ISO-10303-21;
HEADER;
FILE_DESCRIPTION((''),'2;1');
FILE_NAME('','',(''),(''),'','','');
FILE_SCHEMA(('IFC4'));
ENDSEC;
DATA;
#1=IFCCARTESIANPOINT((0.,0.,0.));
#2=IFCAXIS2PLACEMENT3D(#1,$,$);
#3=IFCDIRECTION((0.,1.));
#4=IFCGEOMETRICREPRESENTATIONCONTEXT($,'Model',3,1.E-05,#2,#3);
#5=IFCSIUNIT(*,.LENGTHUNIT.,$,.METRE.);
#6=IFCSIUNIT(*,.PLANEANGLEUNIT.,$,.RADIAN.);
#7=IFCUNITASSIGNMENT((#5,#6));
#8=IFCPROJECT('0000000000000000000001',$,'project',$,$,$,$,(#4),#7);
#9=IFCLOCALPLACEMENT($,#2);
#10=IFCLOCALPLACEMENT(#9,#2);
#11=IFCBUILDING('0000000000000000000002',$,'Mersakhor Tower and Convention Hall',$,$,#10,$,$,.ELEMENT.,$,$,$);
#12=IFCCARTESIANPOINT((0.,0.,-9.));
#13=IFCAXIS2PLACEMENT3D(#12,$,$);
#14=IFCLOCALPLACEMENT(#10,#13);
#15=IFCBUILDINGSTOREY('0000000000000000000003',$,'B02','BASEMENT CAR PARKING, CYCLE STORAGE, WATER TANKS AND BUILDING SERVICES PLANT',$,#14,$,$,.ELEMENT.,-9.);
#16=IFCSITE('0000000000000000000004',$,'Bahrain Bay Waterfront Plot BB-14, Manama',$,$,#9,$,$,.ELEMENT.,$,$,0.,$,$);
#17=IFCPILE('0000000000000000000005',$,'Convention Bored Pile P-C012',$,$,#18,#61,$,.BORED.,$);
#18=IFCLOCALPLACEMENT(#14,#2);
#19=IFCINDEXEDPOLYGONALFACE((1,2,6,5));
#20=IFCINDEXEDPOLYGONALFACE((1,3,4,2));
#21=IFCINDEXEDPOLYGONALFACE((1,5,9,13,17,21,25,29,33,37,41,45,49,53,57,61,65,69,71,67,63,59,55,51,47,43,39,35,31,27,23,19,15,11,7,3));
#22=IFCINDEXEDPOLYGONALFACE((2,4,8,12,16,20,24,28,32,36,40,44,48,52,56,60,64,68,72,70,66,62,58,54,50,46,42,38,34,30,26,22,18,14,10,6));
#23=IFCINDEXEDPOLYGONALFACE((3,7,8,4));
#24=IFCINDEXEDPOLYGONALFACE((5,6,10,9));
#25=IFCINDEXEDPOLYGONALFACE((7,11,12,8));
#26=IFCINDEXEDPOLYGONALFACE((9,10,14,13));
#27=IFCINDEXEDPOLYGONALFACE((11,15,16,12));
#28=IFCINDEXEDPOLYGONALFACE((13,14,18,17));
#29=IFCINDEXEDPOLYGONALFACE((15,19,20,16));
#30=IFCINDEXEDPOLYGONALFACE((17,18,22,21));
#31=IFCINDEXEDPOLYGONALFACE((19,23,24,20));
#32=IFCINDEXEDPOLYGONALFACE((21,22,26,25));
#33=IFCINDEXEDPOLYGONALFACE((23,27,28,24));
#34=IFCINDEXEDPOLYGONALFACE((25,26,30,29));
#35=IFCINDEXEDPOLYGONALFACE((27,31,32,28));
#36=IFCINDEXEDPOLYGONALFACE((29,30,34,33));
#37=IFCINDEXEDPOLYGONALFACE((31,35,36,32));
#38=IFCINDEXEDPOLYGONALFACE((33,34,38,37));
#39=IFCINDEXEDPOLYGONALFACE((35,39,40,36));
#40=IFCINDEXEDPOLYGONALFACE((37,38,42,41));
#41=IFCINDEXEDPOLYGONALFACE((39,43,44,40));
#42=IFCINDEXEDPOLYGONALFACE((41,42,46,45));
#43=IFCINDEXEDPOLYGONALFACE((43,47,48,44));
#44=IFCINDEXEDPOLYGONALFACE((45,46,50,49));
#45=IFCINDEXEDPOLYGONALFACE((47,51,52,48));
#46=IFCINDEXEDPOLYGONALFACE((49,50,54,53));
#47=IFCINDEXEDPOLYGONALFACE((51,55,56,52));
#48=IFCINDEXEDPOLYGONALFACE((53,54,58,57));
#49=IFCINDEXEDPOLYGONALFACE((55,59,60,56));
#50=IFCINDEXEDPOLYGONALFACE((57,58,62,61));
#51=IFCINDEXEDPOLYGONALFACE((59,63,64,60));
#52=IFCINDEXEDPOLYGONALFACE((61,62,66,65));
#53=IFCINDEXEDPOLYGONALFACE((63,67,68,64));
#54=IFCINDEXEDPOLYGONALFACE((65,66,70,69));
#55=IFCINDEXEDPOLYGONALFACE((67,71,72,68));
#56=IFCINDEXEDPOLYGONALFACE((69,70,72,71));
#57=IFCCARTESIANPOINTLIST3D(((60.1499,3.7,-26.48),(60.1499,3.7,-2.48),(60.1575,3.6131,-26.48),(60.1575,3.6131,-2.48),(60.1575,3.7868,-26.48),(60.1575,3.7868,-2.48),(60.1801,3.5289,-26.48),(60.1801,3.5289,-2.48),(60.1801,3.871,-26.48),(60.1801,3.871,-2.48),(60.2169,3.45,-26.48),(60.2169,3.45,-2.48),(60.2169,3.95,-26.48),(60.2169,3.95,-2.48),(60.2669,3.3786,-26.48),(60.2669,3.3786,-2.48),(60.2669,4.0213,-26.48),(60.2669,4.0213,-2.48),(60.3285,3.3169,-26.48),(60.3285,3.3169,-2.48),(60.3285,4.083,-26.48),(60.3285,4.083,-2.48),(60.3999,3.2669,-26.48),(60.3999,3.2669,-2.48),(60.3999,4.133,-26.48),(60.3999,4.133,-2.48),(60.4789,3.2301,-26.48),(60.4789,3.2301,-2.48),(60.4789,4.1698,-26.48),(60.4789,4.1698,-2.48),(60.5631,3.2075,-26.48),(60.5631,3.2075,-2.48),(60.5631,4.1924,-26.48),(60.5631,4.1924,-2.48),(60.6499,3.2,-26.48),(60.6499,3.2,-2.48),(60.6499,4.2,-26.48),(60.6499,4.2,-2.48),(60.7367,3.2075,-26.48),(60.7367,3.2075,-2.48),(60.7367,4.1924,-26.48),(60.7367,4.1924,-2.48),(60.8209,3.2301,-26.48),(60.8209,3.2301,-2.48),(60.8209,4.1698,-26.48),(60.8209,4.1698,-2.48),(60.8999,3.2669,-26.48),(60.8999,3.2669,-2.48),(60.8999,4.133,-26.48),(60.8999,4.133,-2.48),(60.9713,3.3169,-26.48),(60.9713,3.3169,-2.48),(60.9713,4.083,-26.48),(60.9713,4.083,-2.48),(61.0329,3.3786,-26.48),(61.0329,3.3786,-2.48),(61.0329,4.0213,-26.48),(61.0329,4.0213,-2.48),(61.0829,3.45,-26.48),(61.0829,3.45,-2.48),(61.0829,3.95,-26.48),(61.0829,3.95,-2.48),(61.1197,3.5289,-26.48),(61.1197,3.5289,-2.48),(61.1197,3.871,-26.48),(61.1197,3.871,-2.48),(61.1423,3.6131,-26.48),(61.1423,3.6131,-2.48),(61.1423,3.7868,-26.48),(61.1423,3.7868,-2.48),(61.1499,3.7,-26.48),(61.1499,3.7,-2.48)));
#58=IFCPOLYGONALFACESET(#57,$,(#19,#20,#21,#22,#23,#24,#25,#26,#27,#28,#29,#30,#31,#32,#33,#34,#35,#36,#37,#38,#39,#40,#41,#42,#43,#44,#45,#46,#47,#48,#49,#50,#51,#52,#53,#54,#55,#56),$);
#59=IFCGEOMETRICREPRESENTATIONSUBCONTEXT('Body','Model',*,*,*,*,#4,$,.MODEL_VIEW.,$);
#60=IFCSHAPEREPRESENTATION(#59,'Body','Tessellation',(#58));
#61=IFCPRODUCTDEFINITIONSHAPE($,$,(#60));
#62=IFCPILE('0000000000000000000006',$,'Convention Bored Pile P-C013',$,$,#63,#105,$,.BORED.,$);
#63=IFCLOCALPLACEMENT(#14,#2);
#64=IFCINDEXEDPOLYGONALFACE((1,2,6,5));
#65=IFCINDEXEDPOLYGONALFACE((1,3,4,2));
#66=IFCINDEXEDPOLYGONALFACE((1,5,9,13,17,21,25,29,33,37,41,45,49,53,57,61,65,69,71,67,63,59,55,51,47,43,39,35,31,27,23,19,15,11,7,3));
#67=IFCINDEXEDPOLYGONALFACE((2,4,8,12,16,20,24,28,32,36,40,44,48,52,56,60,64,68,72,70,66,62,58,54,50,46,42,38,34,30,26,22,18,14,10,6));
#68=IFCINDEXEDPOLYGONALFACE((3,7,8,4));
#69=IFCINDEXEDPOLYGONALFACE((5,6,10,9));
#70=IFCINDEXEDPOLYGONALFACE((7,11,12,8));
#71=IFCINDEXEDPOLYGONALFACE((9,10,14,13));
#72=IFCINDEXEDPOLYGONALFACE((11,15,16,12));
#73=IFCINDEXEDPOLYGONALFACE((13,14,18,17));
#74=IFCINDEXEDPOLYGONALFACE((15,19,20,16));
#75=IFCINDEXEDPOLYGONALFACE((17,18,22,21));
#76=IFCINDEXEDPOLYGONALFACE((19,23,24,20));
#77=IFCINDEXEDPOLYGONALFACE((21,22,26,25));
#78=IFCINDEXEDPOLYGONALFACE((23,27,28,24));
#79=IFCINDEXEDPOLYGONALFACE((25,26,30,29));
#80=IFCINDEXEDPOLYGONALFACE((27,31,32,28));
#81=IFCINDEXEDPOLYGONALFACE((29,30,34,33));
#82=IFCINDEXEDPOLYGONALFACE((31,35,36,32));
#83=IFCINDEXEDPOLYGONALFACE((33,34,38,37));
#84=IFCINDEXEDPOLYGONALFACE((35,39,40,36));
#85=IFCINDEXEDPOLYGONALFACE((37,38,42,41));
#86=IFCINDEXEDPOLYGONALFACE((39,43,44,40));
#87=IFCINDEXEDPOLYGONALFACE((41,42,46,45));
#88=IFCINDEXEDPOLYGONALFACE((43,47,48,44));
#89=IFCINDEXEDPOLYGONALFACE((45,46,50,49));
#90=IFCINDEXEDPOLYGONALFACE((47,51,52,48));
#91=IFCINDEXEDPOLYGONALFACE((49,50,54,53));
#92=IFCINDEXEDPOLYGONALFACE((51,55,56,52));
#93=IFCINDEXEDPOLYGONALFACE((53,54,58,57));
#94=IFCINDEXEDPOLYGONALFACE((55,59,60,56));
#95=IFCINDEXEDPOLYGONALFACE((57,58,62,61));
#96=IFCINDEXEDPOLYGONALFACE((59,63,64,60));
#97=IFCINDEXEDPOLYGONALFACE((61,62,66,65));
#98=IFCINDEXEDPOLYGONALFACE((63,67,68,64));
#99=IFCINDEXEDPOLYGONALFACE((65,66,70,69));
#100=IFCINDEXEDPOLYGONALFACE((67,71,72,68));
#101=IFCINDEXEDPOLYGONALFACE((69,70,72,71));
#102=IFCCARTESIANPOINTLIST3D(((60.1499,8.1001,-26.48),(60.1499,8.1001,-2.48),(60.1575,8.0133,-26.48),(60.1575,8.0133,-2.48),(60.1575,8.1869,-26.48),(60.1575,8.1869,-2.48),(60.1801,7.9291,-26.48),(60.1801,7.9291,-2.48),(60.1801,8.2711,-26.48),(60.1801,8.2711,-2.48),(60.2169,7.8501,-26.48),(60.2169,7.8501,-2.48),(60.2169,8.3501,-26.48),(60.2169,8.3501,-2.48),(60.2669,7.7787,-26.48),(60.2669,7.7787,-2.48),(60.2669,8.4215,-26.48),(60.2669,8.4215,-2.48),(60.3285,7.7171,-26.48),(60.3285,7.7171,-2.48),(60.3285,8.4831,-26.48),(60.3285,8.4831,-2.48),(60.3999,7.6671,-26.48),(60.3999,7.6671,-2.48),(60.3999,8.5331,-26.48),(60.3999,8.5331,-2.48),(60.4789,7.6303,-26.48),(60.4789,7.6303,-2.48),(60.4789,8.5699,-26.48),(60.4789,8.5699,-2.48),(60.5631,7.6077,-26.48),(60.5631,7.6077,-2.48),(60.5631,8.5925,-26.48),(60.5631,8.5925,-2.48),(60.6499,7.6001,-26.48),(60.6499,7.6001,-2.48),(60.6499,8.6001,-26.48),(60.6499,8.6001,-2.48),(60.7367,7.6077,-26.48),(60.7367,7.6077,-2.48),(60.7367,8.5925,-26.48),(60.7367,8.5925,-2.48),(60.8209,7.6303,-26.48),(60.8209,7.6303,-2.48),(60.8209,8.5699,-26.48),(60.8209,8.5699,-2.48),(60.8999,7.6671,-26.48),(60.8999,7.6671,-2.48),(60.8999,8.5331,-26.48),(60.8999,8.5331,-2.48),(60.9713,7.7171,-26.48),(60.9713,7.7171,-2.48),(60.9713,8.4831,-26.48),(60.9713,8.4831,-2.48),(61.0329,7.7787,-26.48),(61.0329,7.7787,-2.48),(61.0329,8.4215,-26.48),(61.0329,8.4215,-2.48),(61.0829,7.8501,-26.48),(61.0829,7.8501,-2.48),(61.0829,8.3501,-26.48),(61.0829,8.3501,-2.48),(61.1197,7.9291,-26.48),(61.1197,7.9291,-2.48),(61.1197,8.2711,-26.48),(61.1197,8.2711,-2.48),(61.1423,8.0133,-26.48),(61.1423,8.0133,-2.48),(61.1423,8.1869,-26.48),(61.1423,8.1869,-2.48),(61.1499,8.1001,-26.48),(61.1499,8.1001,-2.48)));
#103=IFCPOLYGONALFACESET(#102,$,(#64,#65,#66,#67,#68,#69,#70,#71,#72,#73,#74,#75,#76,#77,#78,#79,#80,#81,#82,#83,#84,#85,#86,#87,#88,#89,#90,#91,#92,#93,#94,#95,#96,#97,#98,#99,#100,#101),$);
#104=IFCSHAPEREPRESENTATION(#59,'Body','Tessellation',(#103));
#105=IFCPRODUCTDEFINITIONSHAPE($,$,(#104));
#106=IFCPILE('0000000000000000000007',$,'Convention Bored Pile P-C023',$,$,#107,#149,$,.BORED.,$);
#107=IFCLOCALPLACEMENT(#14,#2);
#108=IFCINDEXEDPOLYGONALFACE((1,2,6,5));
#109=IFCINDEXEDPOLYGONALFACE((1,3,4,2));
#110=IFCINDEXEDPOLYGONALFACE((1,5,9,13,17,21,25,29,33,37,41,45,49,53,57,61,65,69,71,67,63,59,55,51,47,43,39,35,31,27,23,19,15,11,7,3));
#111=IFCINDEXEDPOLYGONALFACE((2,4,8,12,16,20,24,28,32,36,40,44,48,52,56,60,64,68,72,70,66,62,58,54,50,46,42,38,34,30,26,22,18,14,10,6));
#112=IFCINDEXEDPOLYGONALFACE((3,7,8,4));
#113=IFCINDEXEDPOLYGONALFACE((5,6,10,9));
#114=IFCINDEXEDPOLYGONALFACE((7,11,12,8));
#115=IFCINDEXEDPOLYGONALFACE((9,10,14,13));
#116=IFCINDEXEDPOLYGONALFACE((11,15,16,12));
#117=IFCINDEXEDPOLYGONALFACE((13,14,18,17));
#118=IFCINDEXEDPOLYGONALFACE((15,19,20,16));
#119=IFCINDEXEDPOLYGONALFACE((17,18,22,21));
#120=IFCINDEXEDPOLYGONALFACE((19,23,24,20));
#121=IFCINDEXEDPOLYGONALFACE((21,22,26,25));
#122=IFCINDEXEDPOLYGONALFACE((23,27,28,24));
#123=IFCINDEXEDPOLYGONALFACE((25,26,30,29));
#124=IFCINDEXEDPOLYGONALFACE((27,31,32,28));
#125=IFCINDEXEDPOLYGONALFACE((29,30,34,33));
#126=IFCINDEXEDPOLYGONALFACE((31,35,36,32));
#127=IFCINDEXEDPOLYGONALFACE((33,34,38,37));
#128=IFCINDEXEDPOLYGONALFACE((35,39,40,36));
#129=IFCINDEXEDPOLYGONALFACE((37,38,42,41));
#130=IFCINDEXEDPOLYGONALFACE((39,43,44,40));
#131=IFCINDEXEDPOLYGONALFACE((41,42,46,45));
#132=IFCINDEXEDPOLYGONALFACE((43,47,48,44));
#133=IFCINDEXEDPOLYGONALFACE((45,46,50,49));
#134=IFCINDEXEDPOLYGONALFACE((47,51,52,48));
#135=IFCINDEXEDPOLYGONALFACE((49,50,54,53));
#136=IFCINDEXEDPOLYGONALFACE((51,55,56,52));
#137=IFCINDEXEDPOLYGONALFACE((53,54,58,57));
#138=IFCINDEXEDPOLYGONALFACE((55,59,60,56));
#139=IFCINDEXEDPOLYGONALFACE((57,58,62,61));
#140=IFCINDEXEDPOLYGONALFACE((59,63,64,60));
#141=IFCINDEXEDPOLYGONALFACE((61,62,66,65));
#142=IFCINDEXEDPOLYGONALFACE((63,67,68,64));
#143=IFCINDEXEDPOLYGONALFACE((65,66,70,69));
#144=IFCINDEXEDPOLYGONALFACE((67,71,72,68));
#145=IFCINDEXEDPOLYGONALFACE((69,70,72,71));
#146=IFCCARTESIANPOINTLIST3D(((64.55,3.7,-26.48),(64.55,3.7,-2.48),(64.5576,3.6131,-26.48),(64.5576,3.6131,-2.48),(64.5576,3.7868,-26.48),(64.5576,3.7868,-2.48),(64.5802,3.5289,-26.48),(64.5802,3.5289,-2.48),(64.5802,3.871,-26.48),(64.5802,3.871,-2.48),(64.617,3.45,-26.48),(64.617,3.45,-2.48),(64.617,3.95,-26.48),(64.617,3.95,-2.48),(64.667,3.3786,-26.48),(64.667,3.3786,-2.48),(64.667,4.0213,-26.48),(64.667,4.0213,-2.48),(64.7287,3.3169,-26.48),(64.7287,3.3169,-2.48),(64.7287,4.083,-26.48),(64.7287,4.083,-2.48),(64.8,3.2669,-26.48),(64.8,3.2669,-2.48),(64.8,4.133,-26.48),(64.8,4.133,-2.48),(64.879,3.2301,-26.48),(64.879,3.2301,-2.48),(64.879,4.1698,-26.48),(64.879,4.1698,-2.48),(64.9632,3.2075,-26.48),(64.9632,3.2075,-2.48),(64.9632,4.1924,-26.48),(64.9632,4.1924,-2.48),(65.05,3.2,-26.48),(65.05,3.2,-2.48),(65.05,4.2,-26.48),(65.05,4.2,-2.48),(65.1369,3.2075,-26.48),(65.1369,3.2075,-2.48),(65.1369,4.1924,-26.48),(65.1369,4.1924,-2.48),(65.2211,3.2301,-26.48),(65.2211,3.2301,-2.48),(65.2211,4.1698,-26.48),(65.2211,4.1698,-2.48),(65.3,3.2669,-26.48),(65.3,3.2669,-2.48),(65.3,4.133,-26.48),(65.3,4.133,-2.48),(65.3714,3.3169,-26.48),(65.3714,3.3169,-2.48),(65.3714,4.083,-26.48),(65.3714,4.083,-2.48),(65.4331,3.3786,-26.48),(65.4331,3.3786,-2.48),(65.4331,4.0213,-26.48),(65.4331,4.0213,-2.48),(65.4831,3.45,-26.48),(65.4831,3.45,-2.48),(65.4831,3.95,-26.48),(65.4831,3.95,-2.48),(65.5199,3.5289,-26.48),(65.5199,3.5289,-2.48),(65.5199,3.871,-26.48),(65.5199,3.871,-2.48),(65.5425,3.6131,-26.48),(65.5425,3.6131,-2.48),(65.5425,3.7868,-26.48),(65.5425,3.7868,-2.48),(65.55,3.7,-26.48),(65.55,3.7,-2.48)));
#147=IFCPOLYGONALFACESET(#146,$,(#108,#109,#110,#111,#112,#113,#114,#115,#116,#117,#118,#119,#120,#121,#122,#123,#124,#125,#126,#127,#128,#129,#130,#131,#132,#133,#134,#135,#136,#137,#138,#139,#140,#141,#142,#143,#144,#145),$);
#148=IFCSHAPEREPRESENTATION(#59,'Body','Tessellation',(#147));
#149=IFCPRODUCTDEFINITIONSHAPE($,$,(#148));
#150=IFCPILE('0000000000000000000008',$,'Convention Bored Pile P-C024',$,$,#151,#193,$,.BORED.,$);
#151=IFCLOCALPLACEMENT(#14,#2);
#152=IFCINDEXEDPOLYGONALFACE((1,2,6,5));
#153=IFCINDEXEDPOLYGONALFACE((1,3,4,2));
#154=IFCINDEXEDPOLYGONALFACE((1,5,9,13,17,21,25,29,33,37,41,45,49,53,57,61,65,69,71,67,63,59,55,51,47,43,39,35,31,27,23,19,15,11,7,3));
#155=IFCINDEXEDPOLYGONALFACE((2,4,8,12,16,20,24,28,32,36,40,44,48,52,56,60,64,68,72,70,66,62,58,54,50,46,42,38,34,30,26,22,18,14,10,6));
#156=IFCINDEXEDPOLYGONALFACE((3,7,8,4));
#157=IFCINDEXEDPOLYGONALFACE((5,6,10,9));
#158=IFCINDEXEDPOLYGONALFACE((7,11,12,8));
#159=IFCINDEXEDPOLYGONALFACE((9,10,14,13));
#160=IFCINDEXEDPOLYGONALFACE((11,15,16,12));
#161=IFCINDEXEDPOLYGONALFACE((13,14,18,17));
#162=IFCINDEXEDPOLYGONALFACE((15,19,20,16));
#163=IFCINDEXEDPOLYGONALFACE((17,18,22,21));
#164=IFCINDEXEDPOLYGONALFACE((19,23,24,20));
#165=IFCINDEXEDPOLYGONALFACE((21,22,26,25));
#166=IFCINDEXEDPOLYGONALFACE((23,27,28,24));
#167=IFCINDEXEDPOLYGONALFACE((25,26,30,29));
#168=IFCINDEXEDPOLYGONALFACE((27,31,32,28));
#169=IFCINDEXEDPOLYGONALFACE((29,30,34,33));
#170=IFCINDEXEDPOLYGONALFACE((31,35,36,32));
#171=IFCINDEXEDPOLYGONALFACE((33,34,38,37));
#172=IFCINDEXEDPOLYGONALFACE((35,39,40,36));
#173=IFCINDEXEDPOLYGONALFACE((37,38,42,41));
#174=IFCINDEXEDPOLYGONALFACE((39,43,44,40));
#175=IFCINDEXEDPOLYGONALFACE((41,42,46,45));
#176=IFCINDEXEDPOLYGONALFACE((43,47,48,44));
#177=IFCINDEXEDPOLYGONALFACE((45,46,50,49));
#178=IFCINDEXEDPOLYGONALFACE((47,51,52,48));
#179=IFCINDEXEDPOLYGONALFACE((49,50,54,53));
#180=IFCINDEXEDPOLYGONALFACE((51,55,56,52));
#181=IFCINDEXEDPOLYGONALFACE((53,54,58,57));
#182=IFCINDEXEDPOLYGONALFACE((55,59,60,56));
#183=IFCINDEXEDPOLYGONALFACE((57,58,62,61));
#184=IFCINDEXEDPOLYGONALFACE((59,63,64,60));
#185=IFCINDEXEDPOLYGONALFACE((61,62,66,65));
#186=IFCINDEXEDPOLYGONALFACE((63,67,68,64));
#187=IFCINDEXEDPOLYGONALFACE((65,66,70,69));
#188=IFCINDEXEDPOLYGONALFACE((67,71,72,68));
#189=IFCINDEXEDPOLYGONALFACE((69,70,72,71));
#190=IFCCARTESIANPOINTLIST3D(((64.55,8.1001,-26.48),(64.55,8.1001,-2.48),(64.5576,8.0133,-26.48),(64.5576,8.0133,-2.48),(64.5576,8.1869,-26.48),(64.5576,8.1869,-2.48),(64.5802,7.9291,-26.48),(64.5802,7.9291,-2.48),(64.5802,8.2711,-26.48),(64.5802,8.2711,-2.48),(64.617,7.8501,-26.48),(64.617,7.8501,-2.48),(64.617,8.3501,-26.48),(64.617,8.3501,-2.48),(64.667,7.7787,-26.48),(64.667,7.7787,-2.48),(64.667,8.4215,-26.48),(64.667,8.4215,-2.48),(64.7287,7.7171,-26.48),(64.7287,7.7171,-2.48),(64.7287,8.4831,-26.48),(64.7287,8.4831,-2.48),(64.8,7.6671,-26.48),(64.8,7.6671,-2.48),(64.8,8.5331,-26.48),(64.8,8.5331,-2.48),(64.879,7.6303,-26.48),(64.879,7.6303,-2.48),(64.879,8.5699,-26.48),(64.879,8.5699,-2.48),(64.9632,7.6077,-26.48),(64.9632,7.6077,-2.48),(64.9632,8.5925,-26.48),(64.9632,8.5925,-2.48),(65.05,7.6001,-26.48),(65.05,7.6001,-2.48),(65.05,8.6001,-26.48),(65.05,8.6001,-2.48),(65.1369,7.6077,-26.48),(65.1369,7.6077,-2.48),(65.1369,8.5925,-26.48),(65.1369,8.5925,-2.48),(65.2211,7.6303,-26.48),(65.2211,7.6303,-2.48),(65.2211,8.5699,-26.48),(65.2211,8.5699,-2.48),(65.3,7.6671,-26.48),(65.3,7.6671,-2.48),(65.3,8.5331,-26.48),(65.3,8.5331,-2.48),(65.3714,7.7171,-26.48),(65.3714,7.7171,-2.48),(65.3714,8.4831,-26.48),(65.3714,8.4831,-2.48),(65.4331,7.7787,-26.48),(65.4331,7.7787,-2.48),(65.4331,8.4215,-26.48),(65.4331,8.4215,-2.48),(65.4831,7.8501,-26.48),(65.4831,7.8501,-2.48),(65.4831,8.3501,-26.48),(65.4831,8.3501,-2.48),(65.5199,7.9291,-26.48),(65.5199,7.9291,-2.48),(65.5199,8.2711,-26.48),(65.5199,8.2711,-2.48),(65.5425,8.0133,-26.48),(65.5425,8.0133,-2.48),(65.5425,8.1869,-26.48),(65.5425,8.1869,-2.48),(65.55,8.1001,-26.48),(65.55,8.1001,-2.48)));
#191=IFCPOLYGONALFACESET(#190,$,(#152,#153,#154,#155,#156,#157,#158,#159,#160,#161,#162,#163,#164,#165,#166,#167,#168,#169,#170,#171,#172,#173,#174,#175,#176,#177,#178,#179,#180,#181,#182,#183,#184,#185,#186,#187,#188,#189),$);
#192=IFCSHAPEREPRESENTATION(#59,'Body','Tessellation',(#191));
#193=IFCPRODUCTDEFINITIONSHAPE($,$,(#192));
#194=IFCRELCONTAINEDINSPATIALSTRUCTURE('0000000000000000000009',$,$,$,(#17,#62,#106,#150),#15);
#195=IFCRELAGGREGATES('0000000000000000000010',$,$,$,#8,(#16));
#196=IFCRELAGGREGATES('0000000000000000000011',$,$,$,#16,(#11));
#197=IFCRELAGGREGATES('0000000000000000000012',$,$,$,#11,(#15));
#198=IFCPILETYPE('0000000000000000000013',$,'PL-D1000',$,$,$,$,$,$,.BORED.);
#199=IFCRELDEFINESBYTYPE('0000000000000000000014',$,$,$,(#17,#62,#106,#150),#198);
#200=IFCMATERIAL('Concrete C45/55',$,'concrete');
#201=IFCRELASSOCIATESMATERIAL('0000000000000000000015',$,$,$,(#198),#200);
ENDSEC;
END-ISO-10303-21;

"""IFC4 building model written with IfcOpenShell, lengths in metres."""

from ifc_helpers import new_model, si_unit, direction, frame, origin, origin_2d, place, context, subcontext, project, spatial, circle, extrude, material, material_profile, profile_set, type_object, element, save


model = new_model("IFC4")

# Units and contexts
model_context = context("Model", 3, precision=1e-05, world=origin(), true_north=direction((0.0, 1.0)))
body_context = subcontext(model_context, "Body", "Model", "MODEL_VIEW")
ifc_project = project(units=[si_unit("LENGTHUNIT", "METRE"), si_unit("PLANEANGLEUNIT", "RADIAN")], contexts=[model_context])

# Site, building, storey
site_placement = place(None, origin())
site = spatial("IfcSite", under=ifc_project, at=site_placement, Name="Bahrain Bay Waterfront Plot BB-14, Manama", CompositionType="ELEMENT", RefElevation=0.0)
building_placement = place(site_placement, origin())
building = spatial("IfcBuilding", under=site, at=building_placement, Name="Mersakhor Tower and Convention Hall", CompositionType="ELEMENT")
storey_placement = place(building_placement, frame((0.0, 0.0, -9.0)))
storey = spatial("IfcBuildingStorey", under=building, at=storey_placement, Name="B02", Description="BASEMENT CAR PARKING, CYCLE STORAGE, WATER TANKS AND BUILDING SERVICES PLANT", CompositionType="ELEMENT", Elevation=-9.0)

# Piles
ifc_material_1 = material(Name="Concrete C45/55", Category="concrete")
ifc_material_profile_1 = material_profile(ifc_material_1, circle(Radius=0.5, at=origin_2d()), Name="PILE D1000")
ifc_profile_set_1 = profile_set([ifc_material_profile_1], Name="Concrete C45/55")
pile_type = type_object("IfcPileType", Name="PL-D1000", PredefinedType="BORED", material=ifc_profile_set_1)
for number, where, z_axis, x_axis, name in (
    (1, (60.6499, 3.7, -2.48), (0.0, 0.0, -1.0), (1.0, 0.0, 0.0), "Convention Bored Pile P-C012"),
    (2, (60.6499, 8.1001, -2.48), (0.0, 0.0, -1.0), (1.0, 0.0, 0.0), "Convention Bored Pile P-C013"),
    (3, (65.05, 3.7, -2.48), (0.0, 0.0, -1.0), (1.0, 0.0, 0.0), "Convention Bored Pile P-C023"),
    (4, (65.05, 8.1001, -2.48), (0.0, 0.0, -1.0), (1.0, 0.0, 0.0), "Convention Bored Pile P-C024"),
):
    element("IfcPile", number, at=place(storey_placement, frame(where, z_axis=z_axis, x_axis=x_axis)), inside=storey, type_object=pile_type, Name=name, PredefinedType="BORED", context=body_context, shape_type="SweptSolid", body=[
        extrude(circle(Radius=0.5, at=origin_2d()), origin(), (0.0, 0.0, 1.0), 24.0),
    ])

save(model, "model.ifc")
